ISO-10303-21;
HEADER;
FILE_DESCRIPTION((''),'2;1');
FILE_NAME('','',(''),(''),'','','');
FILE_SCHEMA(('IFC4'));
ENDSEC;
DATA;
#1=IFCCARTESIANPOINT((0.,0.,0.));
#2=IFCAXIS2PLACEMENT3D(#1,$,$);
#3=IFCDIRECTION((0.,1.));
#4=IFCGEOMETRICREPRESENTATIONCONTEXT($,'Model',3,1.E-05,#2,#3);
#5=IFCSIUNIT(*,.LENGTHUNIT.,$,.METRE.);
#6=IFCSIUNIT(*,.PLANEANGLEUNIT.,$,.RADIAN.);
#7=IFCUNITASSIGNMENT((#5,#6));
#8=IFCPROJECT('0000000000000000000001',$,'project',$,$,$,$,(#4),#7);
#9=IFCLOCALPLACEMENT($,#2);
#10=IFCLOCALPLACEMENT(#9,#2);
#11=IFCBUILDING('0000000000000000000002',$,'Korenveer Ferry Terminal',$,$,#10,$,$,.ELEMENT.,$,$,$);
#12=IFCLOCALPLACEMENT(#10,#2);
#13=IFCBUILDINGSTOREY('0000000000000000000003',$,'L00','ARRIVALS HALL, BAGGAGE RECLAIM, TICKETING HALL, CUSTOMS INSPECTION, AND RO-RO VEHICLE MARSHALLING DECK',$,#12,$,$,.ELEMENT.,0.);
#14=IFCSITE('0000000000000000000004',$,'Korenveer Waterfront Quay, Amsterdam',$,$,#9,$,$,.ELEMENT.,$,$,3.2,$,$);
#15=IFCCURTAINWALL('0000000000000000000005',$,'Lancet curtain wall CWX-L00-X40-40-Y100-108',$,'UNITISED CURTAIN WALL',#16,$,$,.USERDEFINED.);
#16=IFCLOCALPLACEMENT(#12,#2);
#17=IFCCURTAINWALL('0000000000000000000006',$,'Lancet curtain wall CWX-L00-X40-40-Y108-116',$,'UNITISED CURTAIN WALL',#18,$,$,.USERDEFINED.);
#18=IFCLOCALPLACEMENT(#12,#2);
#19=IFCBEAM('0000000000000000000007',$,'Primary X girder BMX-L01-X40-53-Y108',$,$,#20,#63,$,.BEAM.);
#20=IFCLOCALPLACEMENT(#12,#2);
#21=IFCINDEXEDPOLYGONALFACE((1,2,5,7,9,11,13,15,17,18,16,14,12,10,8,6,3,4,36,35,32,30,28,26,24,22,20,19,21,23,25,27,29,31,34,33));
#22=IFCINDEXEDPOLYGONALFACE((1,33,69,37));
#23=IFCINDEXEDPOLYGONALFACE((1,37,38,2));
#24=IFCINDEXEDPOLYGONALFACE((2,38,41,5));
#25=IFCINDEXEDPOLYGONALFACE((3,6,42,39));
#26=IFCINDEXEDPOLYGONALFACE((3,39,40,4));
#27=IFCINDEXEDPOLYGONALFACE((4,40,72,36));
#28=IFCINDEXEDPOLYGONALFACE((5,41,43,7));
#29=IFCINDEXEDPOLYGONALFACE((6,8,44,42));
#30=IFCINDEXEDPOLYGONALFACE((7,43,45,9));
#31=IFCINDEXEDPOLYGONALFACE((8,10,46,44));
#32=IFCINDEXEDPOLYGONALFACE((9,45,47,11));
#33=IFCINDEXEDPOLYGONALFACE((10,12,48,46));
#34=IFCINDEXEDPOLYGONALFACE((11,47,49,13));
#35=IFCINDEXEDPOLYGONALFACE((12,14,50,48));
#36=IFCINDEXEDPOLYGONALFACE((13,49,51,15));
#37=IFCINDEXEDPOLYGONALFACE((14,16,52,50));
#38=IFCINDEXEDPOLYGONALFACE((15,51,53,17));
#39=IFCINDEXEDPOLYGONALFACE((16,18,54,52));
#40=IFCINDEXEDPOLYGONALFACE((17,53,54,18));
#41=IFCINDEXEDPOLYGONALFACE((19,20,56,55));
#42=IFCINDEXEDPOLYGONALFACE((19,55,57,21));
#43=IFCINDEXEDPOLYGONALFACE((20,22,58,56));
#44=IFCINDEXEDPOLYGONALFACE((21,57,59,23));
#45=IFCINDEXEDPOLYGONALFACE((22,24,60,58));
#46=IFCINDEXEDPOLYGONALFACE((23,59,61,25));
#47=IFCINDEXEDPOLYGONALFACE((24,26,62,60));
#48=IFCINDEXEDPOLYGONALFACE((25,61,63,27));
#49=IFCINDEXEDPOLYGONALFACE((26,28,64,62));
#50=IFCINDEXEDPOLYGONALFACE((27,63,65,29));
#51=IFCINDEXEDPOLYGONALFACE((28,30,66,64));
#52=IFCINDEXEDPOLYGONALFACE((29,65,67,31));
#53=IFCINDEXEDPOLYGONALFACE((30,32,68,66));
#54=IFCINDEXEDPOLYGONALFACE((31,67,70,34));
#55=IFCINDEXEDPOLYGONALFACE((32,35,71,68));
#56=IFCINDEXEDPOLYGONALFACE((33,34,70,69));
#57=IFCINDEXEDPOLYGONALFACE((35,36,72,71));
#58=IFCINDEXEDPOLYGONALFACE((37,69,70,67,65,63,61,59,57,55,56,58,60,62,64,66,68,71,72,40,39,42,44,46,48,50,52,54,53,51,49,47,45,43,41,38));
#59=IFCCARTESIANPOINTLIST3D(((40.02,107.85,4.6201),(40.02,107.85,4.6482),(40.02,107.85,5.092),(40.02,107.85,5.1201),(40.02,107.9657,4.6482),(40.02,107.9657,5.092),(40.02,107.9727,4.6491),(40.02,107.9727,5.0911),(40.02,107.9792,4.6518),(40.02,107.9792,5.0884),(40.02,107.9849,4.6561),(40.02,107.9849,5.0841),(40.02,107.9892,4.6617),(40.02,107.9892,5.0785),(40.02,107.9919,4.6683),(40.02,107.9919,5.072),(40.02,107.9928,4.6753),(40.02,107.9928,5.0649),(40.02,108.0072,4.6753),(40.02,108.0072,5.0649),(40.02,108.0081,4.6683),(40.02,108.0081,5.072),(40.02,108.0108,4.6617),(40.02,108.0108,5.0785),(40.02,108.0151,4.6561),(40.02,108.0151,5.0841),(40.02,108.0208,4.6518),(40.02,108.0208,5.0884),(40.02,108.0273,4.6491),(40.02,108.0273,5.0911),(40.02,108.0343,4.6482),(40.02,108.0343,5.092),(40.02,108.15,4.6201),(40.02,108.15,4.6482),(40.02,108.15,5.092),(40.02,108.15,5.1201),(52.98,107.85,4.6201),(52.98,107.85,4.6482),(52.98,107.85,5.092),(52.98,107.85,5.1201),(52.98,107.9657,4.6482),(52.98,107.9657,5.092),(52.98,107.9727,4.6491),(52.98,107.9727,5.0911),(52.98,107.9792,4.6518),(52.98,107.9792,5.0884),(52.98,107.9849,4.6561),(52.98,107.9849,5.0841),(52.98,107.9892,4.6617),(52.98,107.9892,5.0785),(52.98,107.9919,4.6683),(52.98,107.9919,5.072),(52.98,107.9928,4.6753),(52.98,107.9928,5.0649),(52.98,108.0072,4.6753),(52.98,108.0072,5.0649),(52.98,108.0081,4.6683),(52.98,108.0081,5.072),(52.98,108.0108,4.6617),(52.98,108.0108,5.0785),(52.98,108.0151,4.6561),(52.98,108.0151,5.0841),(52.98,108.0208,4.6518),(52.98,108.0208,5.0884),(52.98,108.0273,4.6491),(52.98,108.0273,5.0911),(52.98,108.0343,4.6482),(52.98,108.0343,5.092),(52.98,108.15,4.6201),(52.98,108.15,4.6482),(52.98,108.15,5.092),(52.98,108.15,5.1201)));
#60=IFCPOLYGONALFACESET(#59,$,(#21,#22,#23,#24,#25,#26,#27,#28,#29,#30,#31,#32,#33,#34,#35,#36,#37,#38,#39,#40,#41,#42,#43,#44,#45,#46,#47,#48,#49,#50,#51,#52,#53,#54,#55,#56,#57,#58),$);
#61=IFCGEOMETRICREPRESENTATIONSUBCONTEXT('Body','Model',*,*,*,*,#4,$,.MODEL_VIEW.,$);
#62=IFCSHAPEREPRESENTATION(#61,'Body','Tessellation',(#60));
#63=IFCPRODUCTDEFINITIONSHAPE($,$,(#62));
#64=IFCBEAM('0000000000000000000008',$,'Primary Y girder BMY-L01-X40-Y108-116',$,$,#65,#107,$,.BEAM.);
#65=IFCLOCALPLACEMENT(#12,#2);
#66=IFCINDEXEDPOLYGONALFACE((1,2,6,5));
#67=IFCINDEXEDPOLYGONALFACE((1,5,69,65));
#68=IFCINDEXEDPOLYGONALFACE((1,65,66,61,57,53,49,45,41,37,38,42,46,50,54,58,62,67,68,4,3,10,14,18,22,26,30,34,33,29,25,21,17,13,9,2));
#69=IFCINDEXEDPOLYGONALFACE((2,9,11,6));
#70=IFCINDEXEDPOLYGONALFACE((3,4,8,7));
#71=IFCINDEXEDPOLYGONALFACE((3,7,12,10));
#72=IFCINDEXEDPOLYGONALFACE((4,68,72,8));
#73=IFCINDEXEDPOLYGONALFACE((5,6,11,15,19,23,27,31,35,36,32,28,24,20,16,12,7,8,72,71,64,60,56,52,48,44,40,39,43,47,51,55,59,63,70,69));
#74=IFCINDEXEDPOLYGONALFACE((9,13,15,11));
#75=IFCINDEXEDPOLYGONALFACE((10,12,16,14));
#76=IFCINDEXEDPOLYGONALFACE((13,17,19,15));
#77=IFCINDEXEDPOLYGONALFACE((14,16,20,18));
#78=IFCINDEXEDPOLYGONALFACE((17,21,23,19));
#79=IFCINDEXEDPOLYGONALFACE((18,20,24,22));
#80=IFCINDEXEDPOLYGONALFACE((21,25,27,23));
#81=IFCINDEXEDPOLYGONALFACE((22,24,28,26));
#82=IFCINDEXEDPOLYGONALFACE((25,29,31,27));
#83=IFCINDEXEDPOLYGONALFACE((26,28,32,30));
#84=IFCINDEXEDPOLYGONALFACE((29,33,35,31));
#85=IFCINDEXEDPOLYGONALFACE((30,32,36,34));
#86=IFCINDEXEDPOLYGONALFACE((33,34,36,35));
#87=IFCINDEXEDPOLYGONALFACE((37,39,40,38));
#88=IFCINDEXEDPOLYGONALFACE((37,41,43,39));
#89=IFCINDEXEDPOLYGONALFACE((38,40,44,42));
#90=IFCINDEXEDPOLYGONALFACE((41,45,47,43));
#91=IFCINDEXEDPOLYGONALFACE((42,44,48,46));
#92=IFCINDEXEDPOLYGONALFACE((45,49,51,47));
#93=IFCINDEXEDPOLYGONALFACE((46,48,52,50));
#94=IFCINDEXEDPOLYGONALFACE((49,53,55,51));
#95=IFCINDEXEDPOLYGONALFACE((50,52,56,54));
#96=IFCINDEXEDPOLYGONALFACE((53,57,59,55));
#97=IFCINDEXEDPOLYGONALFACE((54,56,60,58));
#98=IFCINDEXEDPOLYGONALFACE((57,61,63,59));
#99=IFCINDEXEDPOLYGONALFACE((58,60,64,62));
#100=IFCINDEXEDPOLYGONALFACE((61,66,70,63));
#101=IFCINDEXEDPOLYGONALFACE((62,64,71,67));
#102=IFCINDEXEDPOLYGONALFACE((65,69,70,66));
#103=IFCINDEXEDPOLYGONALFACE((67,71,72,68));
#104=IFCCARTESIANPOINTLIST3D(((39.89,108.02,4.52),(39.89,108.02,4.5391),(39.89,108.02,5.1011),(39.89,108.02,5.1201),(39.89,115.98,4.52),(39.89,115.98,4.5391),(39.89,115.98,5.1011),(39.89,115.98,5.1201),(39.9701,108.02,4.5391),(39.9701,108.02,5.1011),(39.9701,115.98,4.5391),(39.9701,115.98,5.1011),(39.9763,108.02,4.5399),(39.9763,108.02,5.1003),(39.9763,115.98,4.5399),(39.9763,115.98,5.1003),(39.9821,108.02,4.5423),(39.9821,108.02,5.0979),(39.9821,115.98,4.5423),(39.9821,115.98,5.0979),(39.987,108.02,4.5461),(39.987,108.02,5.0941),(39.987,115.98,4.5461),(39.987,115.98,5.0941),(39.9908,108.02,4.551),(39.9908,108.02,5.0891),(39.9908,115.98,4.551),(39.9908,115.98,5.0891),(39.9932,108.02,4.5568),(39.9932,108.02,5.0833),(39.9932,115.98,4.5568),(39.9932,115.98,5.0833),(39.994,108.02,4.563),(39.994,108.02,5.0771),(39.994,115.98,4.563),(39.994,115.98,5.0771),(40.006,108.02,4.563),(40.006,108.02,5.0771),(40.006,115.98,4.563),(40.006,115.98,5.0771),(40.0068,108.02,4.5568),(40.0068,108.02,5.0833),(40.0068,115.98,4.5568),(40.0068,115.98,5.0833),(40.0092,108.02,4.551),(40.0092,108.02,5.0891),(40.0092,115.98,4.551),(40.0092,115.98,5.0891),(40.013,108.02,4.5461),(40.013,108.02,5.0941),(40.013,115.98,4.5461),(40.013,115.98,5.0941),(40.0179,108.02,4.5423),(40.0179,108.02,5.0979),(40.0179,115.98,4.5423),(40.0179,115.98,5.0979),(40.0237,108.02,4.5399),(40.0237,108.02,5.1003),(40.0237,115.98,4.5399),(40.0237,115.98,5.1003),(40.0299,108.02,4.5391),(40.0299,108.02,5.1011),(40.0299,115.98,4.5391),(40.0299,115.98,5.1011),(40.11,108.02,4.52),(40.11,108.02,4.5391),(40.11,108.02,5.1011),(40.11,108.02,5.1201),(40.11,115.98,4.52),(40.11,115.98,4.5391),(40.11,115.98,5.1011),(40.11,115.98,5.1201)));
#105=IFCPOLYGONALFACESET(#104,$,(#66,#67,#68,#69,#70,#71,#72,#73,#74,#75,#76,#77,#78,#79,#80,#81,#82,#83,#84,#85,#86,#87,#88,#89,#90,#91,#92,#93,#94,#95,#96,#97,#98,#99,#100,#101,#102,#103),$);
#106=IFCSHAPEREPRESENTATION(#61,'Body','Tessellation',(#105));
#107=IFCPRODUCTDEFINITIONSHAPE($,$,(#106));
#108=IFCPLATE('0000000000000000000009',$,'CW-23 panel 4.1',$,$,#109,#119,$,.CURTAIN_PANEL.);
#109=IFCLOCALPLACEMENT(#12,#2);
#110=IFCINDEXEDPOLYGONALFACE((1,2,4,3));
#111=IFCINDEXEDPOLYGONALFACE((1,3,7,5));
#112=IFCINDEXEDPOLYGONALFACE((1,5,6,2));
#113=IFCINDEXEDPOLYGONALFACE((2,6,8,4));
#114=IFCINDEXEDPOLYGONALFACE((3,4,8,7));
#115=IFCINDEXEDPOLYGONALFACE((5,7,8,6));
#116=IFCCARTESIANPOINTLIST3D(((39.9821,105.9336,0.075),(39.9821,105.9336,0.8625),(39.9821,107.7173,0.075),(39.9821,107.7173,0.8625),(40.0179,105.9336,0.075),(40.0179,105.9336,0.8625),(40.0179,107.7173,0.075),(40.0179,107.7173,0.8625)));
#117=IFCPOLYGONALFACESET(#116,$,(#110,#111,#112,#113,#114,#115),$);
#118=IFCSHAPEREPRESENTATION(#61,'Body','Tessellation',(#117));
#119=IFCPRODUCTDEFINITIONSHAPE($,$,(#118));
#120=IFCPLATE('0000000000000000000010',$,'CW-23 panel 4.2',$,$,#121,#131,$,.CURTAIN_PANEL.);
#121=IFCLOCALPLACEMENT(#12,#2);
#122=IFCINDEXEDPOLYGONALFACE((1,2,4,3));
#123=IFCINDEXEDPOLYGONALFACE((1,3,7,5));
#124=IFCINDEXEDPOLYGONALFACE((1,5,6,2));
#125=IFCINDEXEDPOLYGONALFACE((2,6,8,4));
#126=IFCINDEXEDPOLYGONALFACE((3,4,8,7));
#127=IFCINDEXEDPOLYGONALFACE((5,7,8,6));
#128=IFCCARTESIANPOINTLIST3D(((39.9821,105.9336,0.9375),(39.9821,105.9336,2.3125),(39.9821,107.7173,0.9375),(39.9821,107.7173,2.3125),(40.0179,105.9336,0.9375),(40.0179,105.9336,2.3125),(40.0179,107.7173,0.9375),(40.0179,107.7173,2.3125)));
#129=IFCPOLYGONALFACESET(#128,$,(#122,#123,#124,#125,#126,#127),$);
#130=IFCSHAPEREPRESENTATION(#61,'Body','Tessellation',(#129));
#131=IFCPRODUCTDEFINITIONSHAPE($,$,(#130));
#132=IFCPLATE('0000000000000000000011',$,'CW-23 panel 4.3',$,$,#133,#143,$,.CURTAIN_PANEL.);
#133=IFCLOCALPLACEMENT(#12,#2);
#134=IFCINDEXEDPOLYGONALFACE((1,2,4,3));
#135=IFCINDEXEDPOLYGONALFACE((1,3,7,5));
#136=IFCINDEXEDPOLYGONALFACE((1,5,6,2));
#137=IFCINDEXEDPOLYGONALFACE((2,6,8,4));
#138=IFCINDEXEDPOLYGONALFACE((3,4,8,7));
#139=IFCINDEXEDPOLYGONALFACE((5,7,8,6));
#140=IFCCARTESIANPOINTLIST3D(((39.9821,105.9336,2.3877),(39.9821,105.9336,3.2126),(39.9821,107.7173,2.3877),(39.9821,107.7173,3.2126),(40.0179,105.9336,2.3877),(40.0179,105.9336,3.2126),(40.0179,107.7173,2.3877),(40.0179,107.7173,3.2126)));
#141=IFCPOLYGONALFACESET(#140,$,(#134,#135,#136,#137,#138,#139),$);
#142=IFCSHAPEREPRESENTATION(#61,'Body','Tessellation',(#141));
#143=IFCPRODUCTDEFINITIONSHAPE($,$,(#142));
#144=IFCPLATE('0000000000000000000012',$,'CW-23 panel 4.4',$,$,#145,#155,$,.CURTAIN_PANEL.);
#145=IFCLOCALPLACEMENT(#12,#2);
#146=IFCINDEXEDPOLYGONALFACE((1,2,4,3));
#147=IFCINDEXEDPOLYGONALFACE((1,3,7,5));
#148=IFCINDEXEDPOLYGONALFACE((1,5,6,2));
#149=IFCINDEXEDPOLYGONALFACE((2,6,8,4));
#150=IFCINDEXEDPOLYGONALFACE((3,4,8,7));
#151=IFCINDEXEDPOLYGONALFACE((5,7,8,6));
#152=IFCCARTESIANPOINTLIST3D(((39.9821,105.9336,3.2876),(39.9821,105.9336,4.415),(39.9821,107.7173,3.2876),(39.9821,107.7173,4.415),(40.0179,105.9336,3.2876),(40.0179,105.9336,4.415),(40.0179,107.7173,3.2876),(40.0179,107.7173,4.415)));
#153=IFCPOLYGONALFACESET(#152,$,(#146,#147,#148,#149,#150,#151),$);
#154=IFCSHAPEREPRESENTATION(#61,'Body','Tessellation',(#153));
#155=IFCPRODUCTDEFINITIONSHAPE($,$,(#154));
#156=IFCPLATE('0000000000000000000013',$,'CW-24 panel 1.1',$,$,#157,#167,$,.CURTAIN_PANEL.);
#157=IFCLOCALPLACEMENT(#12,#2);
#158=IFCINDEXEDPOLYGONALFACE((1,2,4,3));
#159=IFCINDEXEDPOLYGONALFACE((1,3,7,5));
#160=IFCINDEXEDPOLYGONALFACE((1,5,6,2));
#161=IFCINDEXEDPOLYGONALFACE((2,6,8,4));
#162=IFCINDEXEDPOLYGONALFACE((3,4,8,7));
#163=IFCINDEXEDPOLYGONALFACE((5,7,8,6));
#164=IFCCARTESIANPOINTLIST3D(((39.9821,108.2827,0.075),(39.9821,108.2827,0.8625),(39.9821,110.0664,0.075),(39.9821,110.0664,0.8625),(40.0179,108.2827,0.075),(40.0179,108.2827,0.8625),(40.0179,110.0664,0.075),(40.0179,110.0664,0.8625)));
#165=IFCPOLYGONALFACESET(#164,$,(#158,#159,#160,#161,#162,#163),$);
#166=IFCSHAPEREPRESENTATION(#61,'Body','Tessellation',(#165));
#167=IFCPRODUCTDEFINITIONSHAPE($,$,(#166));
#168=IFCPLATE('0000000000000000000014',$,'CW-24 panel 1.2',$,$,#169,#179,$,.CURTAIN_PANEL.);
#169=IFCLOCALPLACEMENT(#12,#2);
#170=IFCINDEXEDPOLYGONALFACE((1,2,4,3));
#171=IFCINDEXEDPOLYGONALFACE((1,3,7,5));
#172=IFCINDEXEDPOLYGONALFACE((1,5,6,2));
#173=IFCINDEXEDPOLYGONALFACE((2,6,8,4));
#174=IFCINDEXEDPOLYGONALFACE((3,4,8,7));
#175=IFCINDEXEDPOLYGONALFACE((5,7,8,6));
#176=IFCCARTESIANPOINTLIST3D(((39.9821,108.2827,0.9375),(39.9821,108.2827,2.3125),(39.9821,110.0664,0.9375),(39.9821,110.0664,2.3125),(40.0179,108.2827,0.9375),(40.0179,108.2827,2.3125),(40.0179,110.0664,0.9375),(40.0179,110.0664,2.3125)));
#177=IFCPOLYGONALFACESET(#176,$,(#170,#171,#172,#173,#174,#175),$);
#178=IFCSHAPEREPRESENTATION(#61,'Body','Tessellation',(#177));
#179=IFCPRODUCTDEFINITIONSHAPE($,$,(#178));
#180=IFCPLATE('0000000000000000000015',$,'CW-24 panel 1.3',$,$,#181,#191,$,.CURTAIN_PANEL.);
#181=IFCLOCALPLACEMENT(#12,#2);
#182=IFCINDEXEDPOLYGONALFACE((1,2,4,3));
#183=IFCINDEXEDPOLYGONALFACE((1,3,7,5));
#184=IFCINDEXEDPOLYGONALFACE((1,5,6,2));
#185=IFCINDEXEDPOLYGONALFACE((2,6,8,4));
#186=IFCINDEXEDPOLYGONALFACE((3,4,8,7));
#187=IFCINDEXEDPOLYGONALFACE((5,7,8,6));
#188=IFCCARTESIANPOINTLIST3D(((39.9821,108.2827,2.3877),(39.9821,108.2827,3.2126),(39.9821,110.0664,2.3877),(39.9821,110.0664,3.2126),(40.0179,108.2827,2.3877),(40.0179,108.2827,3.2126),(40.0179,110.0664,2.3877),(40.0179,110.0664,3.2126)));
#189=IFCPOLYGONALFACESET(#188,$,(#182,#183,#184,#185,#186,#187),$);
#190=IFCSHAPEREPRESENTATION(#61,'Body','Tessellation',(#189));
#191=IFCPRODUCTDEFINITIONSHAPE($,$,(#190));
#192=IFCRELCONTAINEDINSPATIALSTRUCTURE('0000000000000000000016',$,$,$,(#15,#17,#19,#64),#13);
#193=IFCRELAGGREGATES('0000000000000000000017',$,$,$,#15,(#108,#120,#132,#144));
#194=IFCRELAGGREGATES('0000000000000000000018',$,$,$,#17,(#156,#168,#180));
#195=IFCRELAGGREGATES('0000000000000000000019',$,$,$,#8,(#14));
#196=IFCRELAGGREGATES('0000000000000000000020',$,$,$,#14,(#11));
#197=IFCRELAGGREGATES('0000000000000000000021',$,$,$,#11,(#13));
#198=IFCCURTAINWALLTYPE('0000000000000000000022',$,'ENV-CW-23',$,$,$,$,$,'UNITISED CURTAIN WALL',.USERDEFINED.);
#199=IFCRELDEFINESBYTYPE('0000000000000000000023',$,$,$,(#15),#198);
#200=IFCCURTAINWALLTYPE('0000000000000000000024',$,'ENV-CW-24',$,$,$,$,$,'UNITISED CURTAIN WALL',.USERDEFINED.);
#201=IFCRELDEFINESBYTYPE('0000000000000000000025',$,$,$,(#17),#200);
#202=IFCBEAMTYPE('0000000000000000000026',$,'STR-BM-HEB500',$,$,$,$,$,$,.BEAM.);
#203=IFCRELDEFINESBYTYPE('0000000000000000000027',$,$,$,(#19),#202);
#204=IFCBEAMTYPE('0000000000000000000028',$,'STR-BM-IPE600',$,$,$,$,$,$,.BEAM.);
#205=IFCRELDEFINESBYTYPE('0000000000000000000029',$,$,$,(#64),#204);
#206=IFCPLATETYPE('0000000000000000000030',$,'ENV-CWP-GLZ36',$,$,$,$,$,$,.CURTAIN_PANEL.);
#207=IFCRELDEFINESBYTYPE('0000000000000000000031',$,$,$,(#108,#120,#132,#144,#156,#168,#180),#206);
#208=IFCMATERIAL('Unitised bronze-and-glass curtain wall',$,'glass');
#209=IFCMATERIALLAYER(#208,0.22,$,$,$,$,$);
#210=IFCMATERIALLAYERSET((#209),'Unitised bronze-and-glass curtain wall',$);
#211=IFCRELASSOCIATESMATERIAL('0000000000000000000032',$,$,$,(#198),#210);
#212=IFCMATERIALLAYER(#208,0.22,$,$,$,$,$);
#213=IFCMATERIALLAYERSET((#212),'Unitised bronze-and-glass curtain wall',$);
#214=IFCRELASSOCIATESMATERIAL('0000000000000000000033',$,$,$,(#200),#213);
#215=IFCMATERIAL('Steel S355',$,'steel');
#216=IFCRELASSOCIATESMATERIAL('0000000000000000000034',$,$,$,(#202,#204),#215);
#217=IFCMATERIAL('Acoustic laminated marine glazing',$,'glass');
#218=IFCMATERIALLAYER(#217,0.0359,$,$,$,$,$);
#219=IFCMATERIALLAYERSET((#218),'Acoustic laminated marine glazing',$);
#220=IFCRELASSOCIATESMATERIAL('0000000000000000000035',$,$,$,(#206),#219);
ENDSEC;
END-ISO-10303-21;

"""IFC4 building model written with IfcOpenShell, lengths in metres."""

from ifc_helpers import new_model, si_unit, direction, frame, origin, origin_2d, place, context, subcontext, project, spatial, rectangle, i_section, extrude, material, layer, layer_set, material_profile, profile_set, type_object, element, aggregate, save


model = new_model("IFC4")

# Units and contexts
model_context = context("Model", 3, precision=1e-05, world=origin(), true_north=direction((0.0, 1.0)))
body_context = subcontext(model_context, "Body", "Model", "MODEL_VIEW")
ifc_project = project(units=[si_unit("LENGTHUNIT", "METRE"), si_unit("PLANEANGLEUNIT", "RADIAN")], contexts=[model_context])

# Site, building, storey
site_placement = place(None, origin())
site = spatial("IfcSite", under=ifc_project, at=site_placement, Name="Korenveer Waterfront Quay, Amsterdam", CompositionType="ELEMENT", RefElevation=3.2)
building_placement = place(site_placement, origin())
building = spatial("IfcBuilding", under=site, at=building_placement, Name="Korenveer Ferry Terminal", CompositionType="ELEMENT")
storey_placement = place(building_placement, origin())
storey = spatial("IfcBuildingStorey", under=building, at=storey_placement, Name="L00", Description="ARRIVALS HALL, BAGGAGE RECLAIM, TICKETING HALL, CUSTOMS INSPECTION, AND RO-RO VEHICLE MARSHALLING DECK", CompositionType="ELEMENT", Elevation=0.0)

# Shared definitions
ifc_material_1 = material(Name="Steel S355", Category="steel")

# Curtain wall
ifc_material_2 = material(Name="Unitised bronze-and-glass curtain wall", Category="glass")
ifc_layer_1 = layer(ifc_material_2, 0.22)
ifc_layer_set_1 = layer_set([ifc_layer_1], Name="Unitised bronze-and-glass curtain wall")
curtain_wall_type_1 = type_object("IfcCurtainWallType", Name="ENV-CW-23", ElementType="UNITISED CURTAIN WALL", PredefinedType="USERDEFINED", material=ifc_layer_set_1)
curtain_wall_1_placement = place(storey_placement, frame((40.0, 100.2078, 0.0)))
curtain_wall_1 = element("IfcCurtainWall", 1, at=curtain_wall_1_placement, inside=storey, type_object=curtain_wall_type_1, Name="Lancet curtain wall CWX-L00-X40-40-Y100-108", ObjectType="UNITISED CURTAIN WALL", PredefinedType="USERDEFINED")

# Curtain wall
ifc_layer_2 = layer(ifc_material_2, 0.22)
ifc_layer_set_2 = layer_set([ifc_layer_2], Name="Unitised bronze-and-glass curtain wall")
curtain_wall_type_2 = type_object("IfcCurtainWallType", Name="ENV-CW-24", ElementType="UNITISED CURTAIN WALL", PredefinedType="USERDEFINED", material=ifc_layer_set_2)
curtain_wall_2_placement = place(storey_placement, frame((40.0, 108.2078, 0.0)))
curtain_wall_2 = element("IfcCurtainWall", 2, at=curtain_wall_2_placement, inside=storey, type_object=curtain_wall_type_2, Name="Lancet curtain wall CWX-L00-X40-40-Y108-116", ObjectType="UNITISED CURTAIN WALL", PredefinedType="USERDEFINED")

# Beams
ifc_material_profile_1 = material_profile(ifc_material_1, i_section(OverallWidth=0.3, OverallDepth=0.5, WebThickness=0.0144, FlangeThickness=0.0281, FilletRadius=0.0271, at=origin_2d()), Name="HEB 500")
ifc_profile_set_1 = profile_set([ifc_material_profile_1], Name="Steel S355")
beam_type_1 = type_object("IfcBeamType", Name="STR-BM-HEB500", PredefinedType="BEAM", material=ifc_profile_set_1)
beam_1_placement = place(storey_placement, frame((40.02, 108.0, 4.8701), z_axis=(1.0, 0.0, 0.0), x_axis=(0.0, 1.0, 0.0)))
element("IfcBeam", 3, at=beam_1_placement, inside=storey, type_object=beam_type_1, Name="Primary X girder BMX-L01-X40-53-Y108", PredefinedType="BEAM", context=body_context, shape_type="SweptSolid", body=[
    extrude(i_section(OverallWidth=0.3, OverallDepth=0.5, WebThickness=0.0144, FlangeThickness=0.0281, FilletRadius=0.0271, at=origin_2d()), origin(), (0.0, 0.0, 1.0), 12.96),
])
ifc_material_profile_2 = material_profile(ifc_material_1, i_section(OverallWidth=0.22, OverallDepth=0.6001, WebThickness=0.012, FlangeThickness=0.019, FilletRadius=0.0239, at=origin_2d()), Name="IPE 600")
ifc_profile_set_2 = profile_set([ifc_material_profile_2], Name="Steel S355")
beam_type_2 = type_object("IfcBeamType", Name="STR-BM-IPE600", PredefinedType="BEAM", material=ifc_profile_set_2)
beam_2_placement = place(storey_placement, frame((40.0, 108.02, 4.8201), z_axis=(0.0, 1.0, 0.0), x_axis=(-1.0, 0.0, 0.0)))
element("IfcBeam", 4, at=beam_2_placement, inside=storey, type_object=beam_type_2, Name="Primary Y girder BMY-L01-X40-Y108-116", PredefinedType="BEAM", context=body_context, shape_type="SweptSolid", body=[
    extrude(i_section(OverallWidth=0.22, OverallDepth=0.6001, WebThickness=0.012, FlangeThickness=0.019, FilletRadius=0.0239, at=origin_2d()), origin(), (0.0, 0.0, 1.0), 7.96),
])

# Plates
ifc_material_3 = material(Name="Acoustic laminated marine glazing", Category="glass")
ifc_layer_3 = layer(ifc_material_3, 0.0359)
ifc_layer_set_3 = layer_set([ifc_layer_3], Name="Acoustic laminated marine glazing")
plate_type_1 = type_object("IfcPlateType", Name="ENV-CWP-GLZ36", PredefinedType="CURTAIN_PANEL", material=ifc_layer_set_3)
plate_1_placement = place(storey_placement, frame((40.0, 106.8254, 0.075), z_axis=(0.0, 0.0, 1.0), x_axis=(0.0, 1.0, 0.0)))
plate_1 = element("IfcPlate", 5, at=plate_1_placement, type_object=plate_type_1, Name="CW-23 panel 4.1", PredefinedType="CURTAIN_PANEL", context=body_context, shape_type="SweptSolid", body=[
    extrude(rectangle(XDim=1.7837, YDim=0.0359, at=origin_2d()), origin(), (0.0, 0.0, 1.0), 0.7876),
])
plate_2_placement = place(storey_placement, frame((40.0, 106.8254, 0.9375), z_axis=(0.0, 0.0, 1.0), x_axis=(0.0, 1.0, 0.0)))
plate_2 = element("IfcPlate", 6, at=plate_2_placement, type_object=plate_type_1, Name="CW-23 panel 4.2", PredefinedType="CURTAIN_PANEL", context=body_context, shape_type="SweptSolid", body=[
    extrude(rectangle(XDim=1.7837, YDim=0.0359, at=origin_2d()), origin(), (0.0, 0.0, 1.0), 1.375),
])
plate_3_placement = place(storey_placement, frame((40.0, 106.8254, 2.3877), z_axis=(0.0, 0.0, 1.0), x_axis=(0.0, 1.0, 0.0)))
plate_3 = element("IfcPlate", 7, at=plate_3_placement, type_object=plate_type_1, Name="CW-23 panel 4.3", PredefinedType="CURTAIN_PANEL", context=body_context, shape_type="SweptSolid", body=[
    extrude(rectangle(XDim=1.7837, YDim=0.0359, at=origin_2d()), origin(), (0.0, 0.0, 1.0), 0.825),
])
plate_4_placement = place(storey_placement, frame((40.0, 106.8254, 3.2876), z_axis=(0.0, 0.0, 1.0), x_axis=(0.0, 1.0, 0.0)))
plate_4 = element("IfcPlate", 8, at=plate_4_placement, type_object=plate_type_1, Name="CW-23 panel 4.4", PredefinedType="CURTAIN_PANEL", context=body_context, shape_type="SweptSolid", body=[
    extrude(rectangle(XDim=1.7837, YDim=0.0359, at=origin_2d()), origin(), (0.0, 0.0, 1.0), 1.1274),
])
aggregate(curtain_wall_1, [plate_1, plate_2, plate_3, plate_4])
plate_5_placement = place(storey_placement, frame((40.0, 109.1746, 0.075), z_axis=(0.0, 0.0, 1.0), x_axis=(0.0, 1.0, 0.0)))
plate_5 = element("IfcPlate", 9, at=plate_5_placement, type_object=plate_type_1, Name="CW-24 panel 1.1", PredefinedType="CURTAIN_PANEL", context=body_context, shape_type="SweptSolid", body=[
    extrude(rectangle(XDim=1.7837, YDim=0.0359, at=origin_2d()), origin(), (0.0, 0.0, 1.0), 0.7876),
])
plate_6_placement = place(storey_placement, frame((40.0, 109.1746, 0.9375), z_axis=(0.0, 0.0, 1.0), x_axis=(0.0, 1.0, 0.0)))
plate_6 = element("IfcPlate", 10, at=plate_6_placement, type_object=plate_type_1, Name="CW-24 panel 1.2", PredefinedType="CURTAIN_PANEL", context=body_context, shape_type="SweptSolid", body=[
    extrude(rectangle(XDim=1.7837, YDim=0.0359, at=origin_2d()), origin(), (0.0, 0.0, 1.0), 1.375),
])
plate_7_placement = place(storey_placement, frame((40.0, 109.1746, 2.3877), z_axis=(0.0, 0.0, 1.0), x_axis=(0.0, 1.0, 0.0)))
plate_7 = element("IfcPlate", 11, at=plate_7_placement, type_object=plate_type_1, Name="CW-24 panel 1.3", PredefinedType="CURTAIN_PANEL", context=body_context, shape_type="SweptSolid", body=[
    extrude(rectangle(XDim=1.7837, YDim=0.0359, at=origin_2d()), origin(), (0.0, 0.0, 1.0), 0.825),
])
aggregate(curtain_wall_2, [plate_5, plate_6, plate_7])

save(model, "model.ifc")
